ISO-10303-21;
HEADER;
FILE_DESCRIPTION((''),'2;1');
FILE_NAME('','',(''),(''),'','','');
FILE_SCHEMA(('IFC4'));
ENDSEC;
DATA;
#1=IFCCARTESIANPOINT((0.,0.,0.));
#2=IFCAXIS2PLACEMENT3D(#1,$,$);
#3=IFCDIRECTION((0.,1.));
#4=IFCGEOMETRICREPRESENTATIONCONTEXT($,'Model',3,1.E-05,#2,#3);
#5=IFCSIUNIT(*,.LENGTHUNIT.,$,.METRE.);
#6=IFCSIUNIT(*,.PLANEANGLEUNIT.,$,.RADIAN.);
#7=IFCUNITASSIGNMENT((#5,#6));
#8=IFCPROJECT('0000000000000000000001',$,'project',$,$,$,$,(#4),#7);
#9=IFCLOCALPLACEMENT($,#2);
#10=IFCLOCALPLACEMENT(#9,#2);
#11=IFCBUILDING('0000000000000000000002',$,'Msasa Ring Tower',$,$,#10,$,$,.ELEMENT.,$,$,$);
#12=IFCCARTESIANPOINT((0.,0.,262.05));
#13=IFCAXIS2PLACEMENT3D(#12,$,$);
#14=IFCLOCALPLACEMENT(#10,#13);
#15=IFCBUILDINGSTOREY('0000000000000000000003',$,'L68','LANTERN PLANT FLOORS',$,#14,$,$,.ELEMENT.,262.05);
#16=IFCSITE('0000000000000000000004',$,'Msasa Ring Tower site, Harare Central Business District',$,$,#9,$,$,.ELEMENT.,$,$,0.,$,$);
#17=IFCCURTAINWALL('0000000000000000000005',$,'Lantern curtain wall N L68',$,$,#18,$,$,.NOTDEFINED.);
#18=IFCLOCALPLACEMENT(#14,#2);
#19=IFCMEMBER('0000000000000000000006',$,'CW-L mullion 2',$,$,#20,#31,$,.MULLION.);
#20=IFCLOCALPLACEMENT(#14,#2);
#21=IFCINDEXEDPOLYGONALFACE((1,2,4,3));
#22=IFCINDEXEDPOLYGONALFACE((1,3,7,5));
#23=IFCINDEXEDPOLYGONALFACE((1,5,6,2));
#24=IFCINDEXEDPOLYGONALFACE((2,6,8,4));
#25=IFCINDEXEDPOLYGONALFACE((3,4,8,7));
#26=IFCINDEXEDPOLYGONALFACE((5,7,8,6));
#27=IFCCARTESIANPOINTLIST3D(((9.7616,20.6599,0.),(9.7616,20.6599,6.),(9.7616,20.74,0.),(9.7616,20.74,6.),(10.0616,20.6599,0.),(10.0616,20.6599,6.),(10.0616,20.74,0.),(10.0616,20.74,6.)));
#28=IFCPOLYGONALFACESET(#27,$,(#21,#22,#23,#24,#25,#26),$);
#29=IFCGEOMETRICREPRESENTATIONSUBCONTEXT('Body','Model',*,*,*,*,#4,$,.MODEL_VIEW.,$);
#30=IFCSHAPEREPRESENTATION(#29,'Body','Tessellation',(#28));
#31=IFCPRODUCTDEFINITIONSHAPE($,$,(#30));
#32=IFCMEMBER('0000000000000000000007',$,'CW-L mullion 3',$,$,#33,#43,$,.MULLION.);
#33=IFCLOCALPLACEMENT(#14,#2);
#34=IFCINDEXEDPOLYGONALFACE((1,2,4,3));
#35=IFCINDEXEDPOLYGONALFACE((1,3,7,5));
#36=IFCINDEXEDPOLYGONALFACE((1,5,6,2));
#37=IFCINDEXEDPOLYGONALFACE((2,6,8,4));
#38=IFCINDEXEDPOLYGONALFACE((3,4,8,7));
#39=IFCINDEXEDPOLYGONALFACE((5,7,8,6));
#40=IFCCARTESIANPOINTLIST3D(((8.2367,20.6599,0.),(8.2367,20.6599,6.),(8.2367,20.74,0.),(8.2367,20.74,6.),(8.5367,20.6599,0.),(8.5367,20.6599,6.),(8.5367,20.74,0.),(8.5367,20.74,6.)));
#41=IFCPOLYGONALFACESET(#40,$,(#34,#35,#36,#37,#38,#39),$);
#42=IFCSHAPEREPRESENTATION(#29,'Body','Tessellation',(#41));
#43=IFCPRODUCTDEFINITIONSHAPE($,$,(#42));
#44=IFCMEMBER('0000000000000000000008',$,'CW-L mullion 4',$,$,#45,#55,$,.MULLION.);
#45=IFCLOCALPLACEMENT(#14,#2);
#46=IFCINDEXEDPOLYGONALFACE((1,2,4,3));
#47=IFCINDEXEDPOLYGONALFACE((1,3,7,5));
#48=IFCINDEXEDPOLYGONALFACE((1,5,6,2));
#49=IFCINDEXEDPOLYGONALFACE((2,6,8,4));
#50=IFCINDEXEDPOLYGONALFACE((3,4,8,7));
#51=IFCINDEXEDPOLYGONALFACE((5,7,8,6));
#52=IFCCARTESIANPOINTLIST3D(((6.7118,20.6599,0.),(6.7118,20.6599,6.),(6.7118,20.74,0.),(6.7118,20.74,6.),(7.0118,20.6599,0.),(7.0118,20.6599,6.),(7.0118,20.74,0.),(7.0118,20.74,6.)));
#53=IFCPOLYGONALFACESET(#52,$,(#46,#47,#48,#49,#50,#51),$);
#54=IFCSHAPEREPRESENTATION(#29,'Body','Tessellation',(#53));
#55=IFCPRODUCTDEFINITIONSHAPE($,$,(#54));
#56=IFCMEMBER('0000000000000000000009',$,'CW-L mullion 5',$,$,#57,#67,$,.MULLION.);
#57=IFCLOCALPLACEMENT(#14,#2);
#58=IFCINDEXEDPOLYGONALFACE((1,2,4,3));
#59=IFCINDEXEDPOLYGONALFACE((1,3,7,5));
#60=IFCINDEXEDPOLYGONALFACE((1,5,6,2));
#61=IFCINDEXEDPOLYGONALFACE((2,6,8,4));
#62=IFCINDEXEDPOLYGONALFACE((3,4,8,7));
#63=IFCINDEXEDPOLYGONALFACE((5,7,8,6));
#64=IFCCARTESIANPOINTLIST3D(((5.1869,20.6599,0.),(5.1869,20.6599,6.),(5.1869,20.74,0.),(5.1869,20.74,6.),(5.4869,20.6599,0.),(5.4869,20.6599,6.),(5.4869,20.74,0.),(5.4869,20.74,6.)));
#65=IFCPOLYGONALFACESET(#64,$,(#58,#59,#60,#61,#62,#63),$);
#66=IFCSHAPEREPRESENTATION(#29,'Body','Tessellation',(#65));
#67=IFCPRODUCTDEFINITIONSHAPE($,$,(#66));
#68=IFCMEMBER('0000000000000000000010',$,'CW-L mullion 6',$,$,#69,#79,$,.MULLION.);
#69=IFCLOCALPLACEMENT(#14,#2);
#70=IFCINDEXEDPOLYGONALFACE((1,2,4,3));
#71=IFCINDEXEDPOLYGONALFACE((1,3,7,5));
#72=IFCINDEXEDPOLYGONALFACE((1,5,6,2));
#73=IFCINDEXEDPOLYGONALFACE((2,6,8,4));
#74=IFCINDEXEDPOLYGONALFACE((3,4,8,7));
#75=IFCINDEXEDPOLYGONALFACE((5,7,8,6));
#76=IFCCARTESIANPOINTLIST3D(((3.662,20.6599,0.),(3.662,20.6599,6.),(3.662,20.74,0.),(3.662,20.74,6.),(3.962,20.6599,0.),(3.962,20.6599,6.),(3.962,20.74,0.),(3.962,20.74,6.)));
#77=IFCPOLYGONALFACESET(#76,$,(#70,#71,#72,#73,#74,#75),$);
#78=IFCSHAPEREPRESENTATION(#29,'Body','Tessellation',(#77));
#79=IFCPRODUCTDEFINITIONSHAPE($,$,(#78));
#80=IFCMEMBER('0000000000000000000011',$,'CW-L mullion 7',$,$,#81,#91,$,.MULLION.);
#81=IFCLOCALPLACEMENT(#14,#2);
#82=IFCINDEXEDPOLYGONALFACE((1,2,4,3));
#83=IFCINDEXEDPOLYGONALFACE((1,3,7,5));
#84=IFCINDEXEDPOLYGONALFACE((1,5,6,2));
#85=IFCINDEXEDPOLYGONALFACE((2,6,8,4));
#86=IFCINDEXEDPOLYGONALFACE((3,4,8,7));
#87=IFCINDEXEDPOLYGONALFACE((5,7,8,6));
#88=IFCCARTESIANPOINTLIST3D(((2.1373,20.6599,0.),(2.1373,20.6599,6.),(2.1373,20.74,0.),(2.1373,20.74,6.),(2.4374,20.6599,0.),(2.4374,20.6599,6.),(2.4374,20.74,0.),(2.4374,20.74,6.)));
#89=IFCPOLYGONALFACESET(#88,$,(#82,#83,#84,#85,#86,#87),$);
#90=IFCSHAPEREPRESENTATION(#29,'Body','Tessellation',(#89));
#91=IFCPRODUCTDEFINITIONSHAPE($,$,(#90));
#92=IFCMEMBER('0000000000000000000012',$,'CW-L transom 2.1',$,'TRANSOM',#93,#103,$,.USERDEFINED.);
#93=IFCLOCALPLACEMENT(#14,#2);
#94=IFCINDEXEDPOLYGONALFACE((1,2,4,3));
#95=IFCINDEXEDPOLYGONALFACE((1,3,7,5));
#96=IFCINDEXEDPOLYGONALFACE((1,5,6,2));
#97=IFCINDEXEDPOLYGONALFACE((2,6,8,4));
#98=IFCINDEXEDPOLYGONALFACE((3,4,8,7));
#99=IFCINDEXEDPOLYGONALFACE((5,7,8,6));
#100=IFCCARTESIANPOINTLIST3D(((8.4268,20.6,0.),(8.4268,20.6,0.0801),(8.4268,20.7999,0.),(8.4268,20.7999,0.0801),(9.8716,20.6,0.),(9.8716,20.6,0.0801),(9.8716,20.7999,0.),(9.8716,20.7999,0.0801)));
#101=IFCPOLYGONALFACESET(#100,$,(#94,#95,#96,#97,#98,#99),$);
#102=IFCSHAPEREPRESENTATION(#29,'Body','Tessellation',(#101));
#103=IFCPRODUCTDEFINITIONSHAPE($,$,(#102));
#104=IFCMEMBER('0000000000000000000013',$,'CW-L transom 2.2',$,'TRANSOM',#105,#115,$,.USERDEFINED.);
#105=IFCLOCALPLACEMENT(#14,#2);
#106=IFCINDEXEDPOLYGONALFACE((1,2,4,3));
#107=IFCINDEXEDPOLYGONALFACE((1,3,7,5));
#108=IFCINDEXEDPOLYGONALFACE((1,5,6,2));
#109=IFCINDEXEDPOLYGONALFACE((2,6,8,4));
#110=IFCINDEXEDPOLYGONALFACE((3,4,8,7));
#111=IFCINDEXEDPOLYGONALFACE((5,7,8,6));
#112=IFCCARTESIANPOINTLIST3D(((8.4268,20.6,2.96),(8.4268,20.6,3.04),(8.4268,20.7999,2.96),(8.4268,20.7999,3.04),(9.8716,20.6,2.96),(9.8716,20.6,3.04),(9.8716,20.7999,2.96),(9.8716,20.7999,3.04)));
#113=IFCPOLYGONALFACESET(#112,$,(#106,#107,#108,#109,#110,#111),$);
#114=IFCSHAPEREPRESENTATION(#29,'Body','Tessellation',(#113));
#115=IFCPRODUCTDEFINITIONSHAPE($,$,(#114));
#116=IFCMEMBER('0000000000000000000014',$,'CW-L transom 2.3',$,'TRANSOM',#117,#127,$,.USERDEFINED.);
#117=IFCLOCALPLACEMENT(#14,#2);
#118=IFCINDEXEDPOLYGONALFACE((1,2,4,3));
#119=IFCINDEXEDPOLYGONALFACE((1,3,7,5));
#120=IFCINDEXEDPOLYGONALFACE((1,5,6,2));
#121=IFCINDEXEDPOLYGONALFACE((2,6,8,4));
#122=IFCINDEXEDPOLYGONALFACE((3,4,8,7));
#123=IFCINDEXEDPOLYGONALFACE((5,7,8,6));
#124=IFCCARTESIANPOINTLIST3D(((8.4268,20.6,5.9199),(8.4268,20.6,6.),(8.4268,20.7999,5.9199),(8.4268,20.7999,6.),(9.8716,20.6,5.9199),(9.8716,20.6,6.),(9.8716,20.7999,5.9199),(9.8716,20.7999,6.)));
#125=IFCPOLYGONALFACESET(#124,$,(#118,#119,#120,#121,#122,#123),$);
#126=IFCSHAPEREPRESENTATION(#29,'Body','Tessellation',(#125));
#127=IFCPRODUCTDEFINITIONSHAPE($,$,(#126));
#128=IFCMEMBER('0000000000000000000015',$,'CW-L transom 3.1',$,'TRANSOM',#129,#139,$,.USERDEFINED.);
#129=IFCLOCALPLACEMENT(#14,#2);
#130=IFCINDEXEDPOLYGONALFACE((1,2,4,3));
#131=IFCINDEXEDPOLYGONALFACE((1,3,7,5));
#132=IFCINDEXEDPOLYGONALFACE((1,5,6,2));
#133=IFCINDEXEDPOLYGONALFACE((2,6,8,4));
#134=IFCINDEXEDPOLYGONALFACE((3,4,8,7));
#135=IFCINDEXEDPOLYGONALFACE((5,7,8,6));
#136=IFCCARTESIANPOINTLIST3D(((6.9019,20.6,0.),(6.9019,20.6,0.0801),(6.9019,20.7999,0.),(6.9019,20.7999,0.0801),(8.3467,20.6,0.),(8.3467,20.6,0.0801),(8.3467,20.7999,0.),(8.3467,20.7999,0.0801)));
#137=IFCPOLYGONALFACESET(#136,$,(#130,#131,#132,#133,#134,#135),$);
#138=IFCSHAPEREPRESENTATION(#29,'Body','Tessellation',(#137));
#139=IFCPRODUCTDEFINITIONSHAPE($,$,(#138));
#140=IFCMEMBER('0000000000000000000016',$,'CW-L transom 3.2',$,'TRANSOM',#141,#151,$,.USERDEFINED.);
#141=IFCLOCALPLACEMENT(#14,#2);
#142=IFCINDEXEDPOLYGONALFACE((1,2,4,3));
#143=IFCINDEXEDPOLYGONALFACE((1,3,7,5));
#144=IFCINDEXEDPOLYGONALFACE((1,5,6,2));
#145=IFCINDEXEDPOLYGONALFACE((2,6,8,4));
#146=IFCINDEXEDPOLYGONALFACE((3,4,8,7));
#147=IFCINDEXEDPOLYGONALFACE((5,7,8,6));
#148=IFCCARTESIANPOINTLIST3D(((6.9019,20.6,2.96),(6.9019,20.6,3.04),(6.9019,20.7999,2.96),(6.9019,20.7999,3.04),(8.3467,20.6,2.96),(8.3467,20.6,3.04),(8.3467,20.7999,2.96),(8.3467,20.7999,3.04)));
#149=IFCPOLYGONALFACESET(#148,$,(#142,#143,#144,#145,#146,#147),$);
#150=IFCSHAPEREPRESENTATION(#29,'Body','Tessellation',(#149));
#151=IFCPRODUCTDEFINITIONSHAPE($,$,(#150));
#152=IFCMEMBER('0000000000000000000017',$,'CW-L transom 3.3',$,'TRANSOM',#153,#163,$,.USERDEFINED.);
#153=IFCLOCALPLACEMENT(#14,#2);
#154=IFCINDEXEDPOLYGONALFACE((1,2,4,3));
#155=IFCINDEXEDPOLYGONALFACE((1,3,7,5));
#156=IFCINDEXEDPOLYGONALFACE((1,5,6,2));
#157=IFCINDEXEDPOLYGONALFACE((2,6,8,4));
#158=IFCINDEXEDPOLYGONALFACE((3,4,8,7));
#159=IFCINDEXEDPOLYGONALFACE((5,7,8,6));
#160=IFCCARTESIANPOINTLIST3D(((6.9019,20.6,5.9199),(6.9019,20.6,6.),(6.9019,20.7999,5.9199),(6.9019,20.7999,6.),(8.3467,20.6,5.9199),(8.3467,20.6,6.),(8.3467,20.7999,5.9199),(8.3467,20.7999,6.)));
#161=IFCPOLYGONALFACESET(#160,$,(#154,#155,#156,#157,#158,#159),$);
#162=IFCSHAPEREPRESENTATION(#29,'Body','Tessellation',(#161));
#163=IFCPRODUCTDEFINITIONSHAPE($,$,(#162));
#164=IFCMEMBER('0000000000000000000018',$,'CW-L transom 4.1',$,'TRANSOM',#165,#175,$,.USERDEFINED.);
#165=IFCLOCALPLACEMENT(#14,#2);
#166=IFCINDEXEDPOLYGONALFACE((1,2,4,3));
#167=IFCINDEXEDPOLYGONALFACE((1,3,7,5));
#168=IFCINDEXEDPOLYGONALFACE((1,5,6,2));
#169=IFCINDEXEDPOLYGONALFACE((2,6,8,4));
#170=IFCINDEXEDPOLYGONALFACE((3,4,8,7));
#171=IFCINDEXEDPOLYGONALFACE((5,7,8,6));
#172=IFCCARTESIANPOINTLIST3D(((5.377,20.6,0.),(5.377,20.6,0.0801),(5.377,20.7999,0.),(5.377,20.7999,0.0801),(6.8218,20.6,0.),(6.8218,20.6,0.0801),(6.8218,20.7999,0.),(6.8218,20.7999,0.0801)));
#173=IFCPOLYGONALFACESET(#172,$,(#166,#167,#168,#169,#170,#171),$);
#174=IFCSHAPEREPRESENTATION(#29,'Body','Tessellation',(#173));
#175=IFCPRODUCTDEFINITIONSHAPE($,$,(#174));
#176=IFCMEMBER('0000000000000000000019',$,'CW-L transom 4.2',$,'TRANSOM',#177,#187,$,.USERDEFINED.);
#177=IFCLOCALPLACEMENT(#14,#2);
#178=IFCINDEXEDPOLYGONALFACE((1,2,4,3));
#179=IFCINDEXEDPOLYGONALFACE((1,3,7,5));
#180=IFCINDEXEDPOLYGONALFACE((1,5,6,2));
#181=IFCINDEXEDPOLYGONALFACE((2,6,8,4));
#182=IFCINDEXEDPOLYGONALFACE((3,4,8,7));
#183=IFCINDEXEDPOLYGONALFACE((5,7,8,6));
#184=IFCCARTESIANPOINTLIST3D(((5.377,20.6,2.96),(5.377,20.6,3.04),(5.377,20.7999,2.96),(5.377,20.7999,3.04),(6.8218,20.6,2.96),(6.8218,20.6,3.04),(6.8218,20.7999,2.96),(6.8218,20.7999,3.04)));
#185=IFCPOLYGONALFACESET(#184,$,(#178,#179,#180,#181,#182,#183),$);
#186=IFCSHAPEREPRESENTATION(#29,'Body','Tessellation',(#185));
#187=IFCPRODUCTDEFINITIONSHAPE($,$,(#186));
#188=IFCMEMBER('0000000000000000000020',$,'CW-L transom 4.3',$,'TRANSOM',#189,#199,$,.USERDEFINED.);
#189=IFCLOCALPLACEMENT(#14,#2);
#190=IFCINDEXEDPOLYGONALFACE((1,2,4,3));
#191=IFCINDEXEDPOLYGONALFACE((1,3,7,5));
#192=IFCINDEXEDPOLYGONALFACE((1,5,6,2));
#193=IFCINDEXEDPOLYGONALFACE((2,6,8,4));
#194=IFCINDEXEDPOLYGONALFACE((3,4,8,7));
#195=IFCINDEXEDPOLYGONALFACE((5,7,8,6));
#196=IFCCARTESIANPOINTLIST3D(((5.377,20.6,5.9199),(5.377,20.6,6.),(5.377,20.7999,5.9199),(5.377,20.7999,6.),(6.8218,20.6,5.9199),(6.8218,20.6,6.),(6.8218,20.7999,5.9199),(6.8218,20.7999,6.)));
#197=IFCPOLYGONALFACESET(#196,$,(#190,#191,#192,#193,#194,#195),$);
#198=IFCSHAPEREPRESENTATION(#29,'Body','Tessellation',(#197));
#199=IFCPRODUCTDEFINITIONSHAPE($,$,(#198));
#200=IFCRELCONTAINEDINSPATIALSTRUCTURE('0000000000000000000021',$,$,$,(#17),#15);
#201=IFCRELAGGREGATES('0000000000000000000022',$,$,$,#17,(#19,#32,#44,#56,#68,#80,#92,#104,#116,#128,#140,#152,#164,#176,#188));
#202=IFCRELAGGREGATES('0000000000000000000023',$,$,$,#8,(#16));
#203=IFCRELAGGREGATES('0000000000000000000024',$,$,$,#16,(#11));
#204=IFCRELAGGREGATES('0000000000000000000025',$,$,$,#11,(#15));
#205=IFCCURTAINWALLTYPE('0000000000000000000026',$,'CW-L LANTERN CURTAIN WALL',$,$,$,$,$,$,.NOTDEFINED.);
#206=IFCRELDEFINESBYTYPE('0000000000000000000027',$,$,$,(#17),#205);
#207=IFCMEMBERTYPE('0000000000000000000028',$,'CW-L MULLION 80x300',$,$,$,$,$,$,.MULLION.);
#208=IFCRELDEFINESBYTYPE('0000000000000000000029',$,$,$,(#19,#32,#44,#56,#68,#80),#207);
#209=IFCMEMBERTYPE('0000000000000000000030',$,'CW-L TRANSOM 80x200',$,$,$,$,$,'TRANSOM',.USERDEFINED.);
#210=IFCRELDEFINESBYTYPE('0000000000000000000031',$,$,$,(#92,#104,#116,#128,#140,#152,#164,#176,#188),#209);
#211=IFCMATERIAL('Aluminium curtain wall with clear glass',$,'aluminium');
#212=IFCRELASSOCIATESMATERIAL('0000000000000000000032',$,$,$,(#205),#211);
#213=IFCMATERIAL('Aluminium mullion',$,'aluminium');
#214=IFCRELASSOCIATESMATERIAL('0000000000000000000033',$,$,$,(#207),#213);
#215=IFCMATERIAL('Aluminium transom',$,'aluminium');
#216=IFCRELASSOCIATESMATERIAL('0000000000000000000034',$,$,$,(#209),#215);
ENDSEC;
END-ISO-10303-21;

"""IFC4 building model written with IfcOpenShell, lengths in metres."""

from ifc_helpers import new_model, si_unit, direction, frame, origin, origin_2d, place, context, subcontext, project, spatial, rectangle, extrude, material, material_profile, profile_set, type_object, element, aggregate, save


model = new_model("IFC4")

# Units and contexts
model_context = context("Model", 3, precision=1e-05, world=origin(), true_north=direction((0.0, 1.0)))
body_context = subcontext(model_context, "Body", "Model", "MODEL_VIEW")
ifc_project = project(units=[si_unit("LENGTHUNIT", "METRE"), si_unit("PLANEANGLEUNIT", "RADIAN")], contexts=[model_context])

# Site, building, storey
site_placement = place(None, origin())
site = spatial("IfcSite", under=ifc_project, at=site_placement, Name="Msasa Ring Tower site, Harare Central Business District", CompositionType="ELEMENT", RefElevation=0.0)
building_placement = place(site_placement, origin())
building = spatial("IfcBuilding", under=site, at=building_placement, Name="Msasa Ring Tower", CompositionType="ELEMENT")
storey_placement = place(building_placement, frame((0.0, 0.0, 262.05)))
storey = spatial("IfcBuildingStorey", under=building, at=storey_placement, Name="L68", Description="LANTERN PLANT FLOORS", CompositionType="ELEMENT", Elevation=262.05)

# Curtain wall, members
ifc_material_1 = material(Name="Aluminium curtain wall with clear glass", Category="aluminium")
curtain_wall_type = type_object("IfcCurtainWallType", Name="CW-L LANTERN CURTAIN WALL", PredefinedType="NOTDEFINED", material=ifc_material_1)
curtain_wall_placement = place(storey_placement, origin())
curtain_wall = element("IfcCurtainWall", 1, at=curtain_wall_placement, inside=storey, type_object=curtain_wall_type, Name="Lantern curtain wall N L68", PredefinedType="NOTDEFINED")
ifc_material_2 = material(Name="Aluminium mullion", Category="aluminium")
ifc_material_profile_1 = material_profile(ifc_material_2, rectangle(XDim=0.0801, YDim=0.3, at=origin_2d()), Name="AL 80x300")
ifc_profile_set_1 = profile_set([ifc_material_profile_1], Name="Aluminium mullion")
member_type_1 = type_object("IfcMemberType", Name="CW-L MULLION 80x300", PredefinedType="MULLION", material=ifc_profile_set_1)
member_1_placement = place(storey_placement, frame((9.9116, 20.7, 0.0), z_axis=(0.0, 0.0, 1.0), x_axis=(0.0, -1.0, 0.0)))
member_1 = element("IfcMember", 2, at=member_1_placement, type_object=member_type_1, Name="CW-L mullion 2", PredefinedType="MULLION", context=body_context, shape_type="SweptSolid", body=[
    extrude(rectangle(XDim=0.0801, YDim=0.3, at=origin_2d()), origin(), (0.0, 0.0, 1.0), 6.0),
])
member_2_placement = place(storey_placement, frame((8.3867, 20.7, 0.0), z_axis=(0.0, 0.0, 1.0), x_axis=(0.0, -1.0, 0.0)))
member_2 = element("IfcMember", 3, at=member_2_placement, type_object=member_type_1, Name="CW-L mullion 3", PredefinedType="MULLION", context=body_context, shape_type="SweptSolid", body=[
    extrude(rectangle(XDim=0.0801, YDim=0.3, at=origin_2d()), origin(), (0.0, 0.0, 1.0), 6.0),
])
member_3_placement = place(storey_placement, frame((6.8618, 20.7, 0.0), z_axis=(0.0, 0.0, 1.0), x_axis=(0.0, -1.0, 0.0)))
member_3 = element("IfcMember", 4, at=member_3_placement, type_object=member_type_1, Name="CW-L mullion 4", PredefinedType="MULLION", context=body_context, shape_type="SweptSolid", body=[
    extrude(rectangle(XDim=0.0801, YDim=0.3, at=origin_2d()), origin(), (0.0, 0.0, 1.0), 6.0),
])
member_4_placement = place(storey_placement, frame((5.3369, 20.7, 0.0), z_axis=(0.0, 0.0, 1.0), x_axis=(0.0, -1.0, 0.0)))
member_4 = element("IfcMember", 5, at=member_4_placement, type_object=member_type_1, Name="CW-L mullion 5", PredefinedType="MULLION", context=body_context, shape_type="SweptSolid", body=[
    extrude(rectangle(XDim=0.0801, YDim=0.3, at=origin_2d()), origin(), (0.0, 0.0, 1.0), 6.0),
])
member_5_placement = place(storey_placement, frame((3.812, 20.7, 0.0), z_axis=(0.0, 0.0, 1.0), x_axis=(0.0, -1.0, 0.0)))
member_5 = element("IfcMember", 6, at=member_5_placement, type_object=member_type_1, Name="CW-L mullion 6", PredefinedType="MULLION", context=body_context, shape_type="SweptSolid", body=[
    extrude(rectangle(XDim=0.0801, YDim=0.3, at=origin_2d()), origin(), (0.0, 0.0, 1.0), 6.0),
])
member_6_placement = place(storey_placement, frame((2.2874, 20.7, 0.0), z_axis=(0.0, 0.0, 1.0), x_axis=(0.0, -1.0, 0.0)))
member_6 = element("IfcMember", 7, at=member_6_placement, type_object=member_type_1, Name="CW-L mullion 7", PredefinedType="MULLION", context=body_context, shape_type="SweptSolid", body=[
    extrude(rectangle(XDim=0.0801, YDim=0.3, at=origin_2d()), origin(), (0.0, 0.0, 1.0), 6.0),
])
ifc_material_3 = material(Name="Aluminium transom", Category="aluminium")
ifc_material_profile_2 = material_profile(ifc_material_3, rectangle(XDim=0.2, YDim=0.0801, at=origin_2d()), Name="AL 80x200")
ifc_profile_set_2 = profile_set([ifc_material_profile_2], Name="Aluminium transom")
member_type_2 = type_object("IfcMemberType", Name="CW-L TRANSOM 80x200", ElementType="TRANSOM", PredefinedType="USERDEFINED", material=ifc_profile_set_2)
member_7_placement = place(storey_placement, frame((9.8716, 20.7, 0.04), z_axis=(-1.0, 0.0, 0.0), x_axis=(0.0, -1.0, 0.0)))
member_7 = element("IfcMember", 8, at=member_7_placement, type_object=member_type_2, Name="CW-L transom 2.1", ObjectType="TRANSOM", PredefinedType="USERDEFINED", context=body_context, shape_type="SweptSolid", body=[
    extrude(rectangle(XDim=0.2, YDim=0.0801, at=origin_2d()), origin(), (0.0, 0.0, 1.0), 1.4448),
])
member_8_placement = place(storey_placement, frame((9.8716, 20.7, 3.0), z_axis=(-1.0, 0.0, 0.0), x_axis=(0.0, -1.0, 0.0)))
member_8 = element("IfcMember", 9, at=member_8_placement, type_object=member_type_2, Name="CW-L transom 2.2", ObjectType="TRANSOM", PredefinedType="USERDEFINED", context=body_context, shape_type="SweptSolid", body=[
    extrude(rectangle(XDim=0.2, YDim=0.0801, at=origin_2d()), origin(), (0.0, 0.0, 1.0), 1.4448),
])
member_9_placement = place(storey_placement, frame((9.8716, 20.7, 5.96), z_axis=(-1.0, 0.0, 0.0), x_axis=(0.0, -1.0, 0.0)))
member_9 = element("IfcMember", 10, at=member_9_placement, type_object=member_type_2, Name="CW-L transom 2.3", ObjectType="TRANSOM", PredefinedType="USERDEFINED", context=body_context, shape_type="SweptSolid", body=[
    extrude(rectangle(XDim=0.2, YDim=0.0801, at=origin_2d()), origin(), (0.0, 0.0, 1.0), 1.4448),
])
member_10_placement = place(storey_placement, frame((8.3467, 20.7, 0.04), z_axis=(-1.0, 0.0, 0.0), x_axis=(0.0, -1.0, 0.0)))
member_10 = element("IfcMember", 11, at=member_10_placement, type_object=member_type_2, Name="CW-L transom 3.1", ObjectType="TRANSOM", PredefinedType="USERDEFINED", context=body_context, shape_type="SweptSolid", body=[
    extrude(rectangle(XDim=0.2, YDim=0.0801, at=origin_2d()), origin(), (0.0, 0.0, 1.0), 1.4448),
])
member_11_placement = place(storey_placement, frame((8.3467, 20.7, 3.0), z_axis=(-1.0, 0.0, 0.0), x_axis=(0.0, -1.0, 0.0)))
member_11 = element("IfcMember", 12, at=member_11_placement, type_object=member_type_2, Name="CW-L transom 3.2", ObjectType="TRANSOM", PredefinedType="USERDEFINED", context=body_context, shape_type="SweptSolid", body=[
    extrude(rectangle(XDim=0.2, YDim=0.0801, at=origin_2d()), origin(), (0.0, 0.0, 1.0), 1.4448),
])
member_12_placement = place(storey_placement, frame((8.3467, 20.7, 5.96), z_axis=(-1.0, 0.0, 0.0), x_axis=(0.0, -1.0, 0.0)))
member_12 = element("IfcMember", 13, at=member_12_placement, type_object=member_type_2, Name="CW-L transom 3.3", ObjectType="TRANSOM", PredefinedType="USERDEFINED", context=body_context, shape_type="SweptSolid", body=[
    extrude(rectangle(XDim=0.2, YDim=0.0801, at=origin_2d()), origin(), (0.0, 0.0, 1.0), 1.4448),
])
member_13_placement = place(storey_placement, frame((6.8218, 20.7, 0.04), z_axis=(-1.0, 0.0, 0.0), x_axis=(0.0, -1.0, 0.0)))
member_13 = element("IfcMember", 14, at=member_13_placement, type_object=member_type_2, Name="CW-L transom 4.1", ObjectType="TRANSOM", PredefinedType="USERDEFINED", context=body_context, shape_type="SweptSolid", body=[
    extrude(rectangle(XDim=0.2, YDim=0.0801, at=origin_2d()), origin(), (0.0, 0.0, 1.0), 1.4448),
])
member_14_placement = place(storey_placement, frame((6.8218, 20.7, 3.0), z_axis=(-1.0, 0.0, 0.0), x_axis=(0.0, -1.0, 0.0)))
member_14 = element("IfcMember", 15, at=member_14_placement, type_object=member_type_2, Name="CW-L transom 4.2", ObjectType="TRANSOM", PredefinedType="USERDEFINED", context=body_context, shape_type="SweptSolid", body=[
    extrude(rectangle(XDim=0.2, YDim=0.0801, at=origin_2d()), origin(), (0.0, 0.0, 1.0), 1.4448),
])
member_15_placement = place(storey_placement, frame((6.8218, 20.7, 5.96), z_axis=(-1.0, 0.0, 0.0), x_axis=(0.0, -1.0, 0.0)))
member_15 = element("IfcMember", 16, at=member_15_placement, type_object=member_type_2, Name="CW-L transom 4.3", ObjectType="TRANSOM", PredefinedType="USERDEFINED", context=body_context, shape_type="SweptSolid", body=[
    extrude(rectangle(XDim=0.2, YDim=0.0801, at=origin_2d()), origin(), (0.0, 0.0, 1.0), 1.4448),
])
aggregate(curtain_wall, [member_1, member_2, member_3, member_4, member_5, member_6, member_7, member_8, member_9, member_10, member_11, member_12, member_13, member_14, member_15])

save(model, "model.ifc")
